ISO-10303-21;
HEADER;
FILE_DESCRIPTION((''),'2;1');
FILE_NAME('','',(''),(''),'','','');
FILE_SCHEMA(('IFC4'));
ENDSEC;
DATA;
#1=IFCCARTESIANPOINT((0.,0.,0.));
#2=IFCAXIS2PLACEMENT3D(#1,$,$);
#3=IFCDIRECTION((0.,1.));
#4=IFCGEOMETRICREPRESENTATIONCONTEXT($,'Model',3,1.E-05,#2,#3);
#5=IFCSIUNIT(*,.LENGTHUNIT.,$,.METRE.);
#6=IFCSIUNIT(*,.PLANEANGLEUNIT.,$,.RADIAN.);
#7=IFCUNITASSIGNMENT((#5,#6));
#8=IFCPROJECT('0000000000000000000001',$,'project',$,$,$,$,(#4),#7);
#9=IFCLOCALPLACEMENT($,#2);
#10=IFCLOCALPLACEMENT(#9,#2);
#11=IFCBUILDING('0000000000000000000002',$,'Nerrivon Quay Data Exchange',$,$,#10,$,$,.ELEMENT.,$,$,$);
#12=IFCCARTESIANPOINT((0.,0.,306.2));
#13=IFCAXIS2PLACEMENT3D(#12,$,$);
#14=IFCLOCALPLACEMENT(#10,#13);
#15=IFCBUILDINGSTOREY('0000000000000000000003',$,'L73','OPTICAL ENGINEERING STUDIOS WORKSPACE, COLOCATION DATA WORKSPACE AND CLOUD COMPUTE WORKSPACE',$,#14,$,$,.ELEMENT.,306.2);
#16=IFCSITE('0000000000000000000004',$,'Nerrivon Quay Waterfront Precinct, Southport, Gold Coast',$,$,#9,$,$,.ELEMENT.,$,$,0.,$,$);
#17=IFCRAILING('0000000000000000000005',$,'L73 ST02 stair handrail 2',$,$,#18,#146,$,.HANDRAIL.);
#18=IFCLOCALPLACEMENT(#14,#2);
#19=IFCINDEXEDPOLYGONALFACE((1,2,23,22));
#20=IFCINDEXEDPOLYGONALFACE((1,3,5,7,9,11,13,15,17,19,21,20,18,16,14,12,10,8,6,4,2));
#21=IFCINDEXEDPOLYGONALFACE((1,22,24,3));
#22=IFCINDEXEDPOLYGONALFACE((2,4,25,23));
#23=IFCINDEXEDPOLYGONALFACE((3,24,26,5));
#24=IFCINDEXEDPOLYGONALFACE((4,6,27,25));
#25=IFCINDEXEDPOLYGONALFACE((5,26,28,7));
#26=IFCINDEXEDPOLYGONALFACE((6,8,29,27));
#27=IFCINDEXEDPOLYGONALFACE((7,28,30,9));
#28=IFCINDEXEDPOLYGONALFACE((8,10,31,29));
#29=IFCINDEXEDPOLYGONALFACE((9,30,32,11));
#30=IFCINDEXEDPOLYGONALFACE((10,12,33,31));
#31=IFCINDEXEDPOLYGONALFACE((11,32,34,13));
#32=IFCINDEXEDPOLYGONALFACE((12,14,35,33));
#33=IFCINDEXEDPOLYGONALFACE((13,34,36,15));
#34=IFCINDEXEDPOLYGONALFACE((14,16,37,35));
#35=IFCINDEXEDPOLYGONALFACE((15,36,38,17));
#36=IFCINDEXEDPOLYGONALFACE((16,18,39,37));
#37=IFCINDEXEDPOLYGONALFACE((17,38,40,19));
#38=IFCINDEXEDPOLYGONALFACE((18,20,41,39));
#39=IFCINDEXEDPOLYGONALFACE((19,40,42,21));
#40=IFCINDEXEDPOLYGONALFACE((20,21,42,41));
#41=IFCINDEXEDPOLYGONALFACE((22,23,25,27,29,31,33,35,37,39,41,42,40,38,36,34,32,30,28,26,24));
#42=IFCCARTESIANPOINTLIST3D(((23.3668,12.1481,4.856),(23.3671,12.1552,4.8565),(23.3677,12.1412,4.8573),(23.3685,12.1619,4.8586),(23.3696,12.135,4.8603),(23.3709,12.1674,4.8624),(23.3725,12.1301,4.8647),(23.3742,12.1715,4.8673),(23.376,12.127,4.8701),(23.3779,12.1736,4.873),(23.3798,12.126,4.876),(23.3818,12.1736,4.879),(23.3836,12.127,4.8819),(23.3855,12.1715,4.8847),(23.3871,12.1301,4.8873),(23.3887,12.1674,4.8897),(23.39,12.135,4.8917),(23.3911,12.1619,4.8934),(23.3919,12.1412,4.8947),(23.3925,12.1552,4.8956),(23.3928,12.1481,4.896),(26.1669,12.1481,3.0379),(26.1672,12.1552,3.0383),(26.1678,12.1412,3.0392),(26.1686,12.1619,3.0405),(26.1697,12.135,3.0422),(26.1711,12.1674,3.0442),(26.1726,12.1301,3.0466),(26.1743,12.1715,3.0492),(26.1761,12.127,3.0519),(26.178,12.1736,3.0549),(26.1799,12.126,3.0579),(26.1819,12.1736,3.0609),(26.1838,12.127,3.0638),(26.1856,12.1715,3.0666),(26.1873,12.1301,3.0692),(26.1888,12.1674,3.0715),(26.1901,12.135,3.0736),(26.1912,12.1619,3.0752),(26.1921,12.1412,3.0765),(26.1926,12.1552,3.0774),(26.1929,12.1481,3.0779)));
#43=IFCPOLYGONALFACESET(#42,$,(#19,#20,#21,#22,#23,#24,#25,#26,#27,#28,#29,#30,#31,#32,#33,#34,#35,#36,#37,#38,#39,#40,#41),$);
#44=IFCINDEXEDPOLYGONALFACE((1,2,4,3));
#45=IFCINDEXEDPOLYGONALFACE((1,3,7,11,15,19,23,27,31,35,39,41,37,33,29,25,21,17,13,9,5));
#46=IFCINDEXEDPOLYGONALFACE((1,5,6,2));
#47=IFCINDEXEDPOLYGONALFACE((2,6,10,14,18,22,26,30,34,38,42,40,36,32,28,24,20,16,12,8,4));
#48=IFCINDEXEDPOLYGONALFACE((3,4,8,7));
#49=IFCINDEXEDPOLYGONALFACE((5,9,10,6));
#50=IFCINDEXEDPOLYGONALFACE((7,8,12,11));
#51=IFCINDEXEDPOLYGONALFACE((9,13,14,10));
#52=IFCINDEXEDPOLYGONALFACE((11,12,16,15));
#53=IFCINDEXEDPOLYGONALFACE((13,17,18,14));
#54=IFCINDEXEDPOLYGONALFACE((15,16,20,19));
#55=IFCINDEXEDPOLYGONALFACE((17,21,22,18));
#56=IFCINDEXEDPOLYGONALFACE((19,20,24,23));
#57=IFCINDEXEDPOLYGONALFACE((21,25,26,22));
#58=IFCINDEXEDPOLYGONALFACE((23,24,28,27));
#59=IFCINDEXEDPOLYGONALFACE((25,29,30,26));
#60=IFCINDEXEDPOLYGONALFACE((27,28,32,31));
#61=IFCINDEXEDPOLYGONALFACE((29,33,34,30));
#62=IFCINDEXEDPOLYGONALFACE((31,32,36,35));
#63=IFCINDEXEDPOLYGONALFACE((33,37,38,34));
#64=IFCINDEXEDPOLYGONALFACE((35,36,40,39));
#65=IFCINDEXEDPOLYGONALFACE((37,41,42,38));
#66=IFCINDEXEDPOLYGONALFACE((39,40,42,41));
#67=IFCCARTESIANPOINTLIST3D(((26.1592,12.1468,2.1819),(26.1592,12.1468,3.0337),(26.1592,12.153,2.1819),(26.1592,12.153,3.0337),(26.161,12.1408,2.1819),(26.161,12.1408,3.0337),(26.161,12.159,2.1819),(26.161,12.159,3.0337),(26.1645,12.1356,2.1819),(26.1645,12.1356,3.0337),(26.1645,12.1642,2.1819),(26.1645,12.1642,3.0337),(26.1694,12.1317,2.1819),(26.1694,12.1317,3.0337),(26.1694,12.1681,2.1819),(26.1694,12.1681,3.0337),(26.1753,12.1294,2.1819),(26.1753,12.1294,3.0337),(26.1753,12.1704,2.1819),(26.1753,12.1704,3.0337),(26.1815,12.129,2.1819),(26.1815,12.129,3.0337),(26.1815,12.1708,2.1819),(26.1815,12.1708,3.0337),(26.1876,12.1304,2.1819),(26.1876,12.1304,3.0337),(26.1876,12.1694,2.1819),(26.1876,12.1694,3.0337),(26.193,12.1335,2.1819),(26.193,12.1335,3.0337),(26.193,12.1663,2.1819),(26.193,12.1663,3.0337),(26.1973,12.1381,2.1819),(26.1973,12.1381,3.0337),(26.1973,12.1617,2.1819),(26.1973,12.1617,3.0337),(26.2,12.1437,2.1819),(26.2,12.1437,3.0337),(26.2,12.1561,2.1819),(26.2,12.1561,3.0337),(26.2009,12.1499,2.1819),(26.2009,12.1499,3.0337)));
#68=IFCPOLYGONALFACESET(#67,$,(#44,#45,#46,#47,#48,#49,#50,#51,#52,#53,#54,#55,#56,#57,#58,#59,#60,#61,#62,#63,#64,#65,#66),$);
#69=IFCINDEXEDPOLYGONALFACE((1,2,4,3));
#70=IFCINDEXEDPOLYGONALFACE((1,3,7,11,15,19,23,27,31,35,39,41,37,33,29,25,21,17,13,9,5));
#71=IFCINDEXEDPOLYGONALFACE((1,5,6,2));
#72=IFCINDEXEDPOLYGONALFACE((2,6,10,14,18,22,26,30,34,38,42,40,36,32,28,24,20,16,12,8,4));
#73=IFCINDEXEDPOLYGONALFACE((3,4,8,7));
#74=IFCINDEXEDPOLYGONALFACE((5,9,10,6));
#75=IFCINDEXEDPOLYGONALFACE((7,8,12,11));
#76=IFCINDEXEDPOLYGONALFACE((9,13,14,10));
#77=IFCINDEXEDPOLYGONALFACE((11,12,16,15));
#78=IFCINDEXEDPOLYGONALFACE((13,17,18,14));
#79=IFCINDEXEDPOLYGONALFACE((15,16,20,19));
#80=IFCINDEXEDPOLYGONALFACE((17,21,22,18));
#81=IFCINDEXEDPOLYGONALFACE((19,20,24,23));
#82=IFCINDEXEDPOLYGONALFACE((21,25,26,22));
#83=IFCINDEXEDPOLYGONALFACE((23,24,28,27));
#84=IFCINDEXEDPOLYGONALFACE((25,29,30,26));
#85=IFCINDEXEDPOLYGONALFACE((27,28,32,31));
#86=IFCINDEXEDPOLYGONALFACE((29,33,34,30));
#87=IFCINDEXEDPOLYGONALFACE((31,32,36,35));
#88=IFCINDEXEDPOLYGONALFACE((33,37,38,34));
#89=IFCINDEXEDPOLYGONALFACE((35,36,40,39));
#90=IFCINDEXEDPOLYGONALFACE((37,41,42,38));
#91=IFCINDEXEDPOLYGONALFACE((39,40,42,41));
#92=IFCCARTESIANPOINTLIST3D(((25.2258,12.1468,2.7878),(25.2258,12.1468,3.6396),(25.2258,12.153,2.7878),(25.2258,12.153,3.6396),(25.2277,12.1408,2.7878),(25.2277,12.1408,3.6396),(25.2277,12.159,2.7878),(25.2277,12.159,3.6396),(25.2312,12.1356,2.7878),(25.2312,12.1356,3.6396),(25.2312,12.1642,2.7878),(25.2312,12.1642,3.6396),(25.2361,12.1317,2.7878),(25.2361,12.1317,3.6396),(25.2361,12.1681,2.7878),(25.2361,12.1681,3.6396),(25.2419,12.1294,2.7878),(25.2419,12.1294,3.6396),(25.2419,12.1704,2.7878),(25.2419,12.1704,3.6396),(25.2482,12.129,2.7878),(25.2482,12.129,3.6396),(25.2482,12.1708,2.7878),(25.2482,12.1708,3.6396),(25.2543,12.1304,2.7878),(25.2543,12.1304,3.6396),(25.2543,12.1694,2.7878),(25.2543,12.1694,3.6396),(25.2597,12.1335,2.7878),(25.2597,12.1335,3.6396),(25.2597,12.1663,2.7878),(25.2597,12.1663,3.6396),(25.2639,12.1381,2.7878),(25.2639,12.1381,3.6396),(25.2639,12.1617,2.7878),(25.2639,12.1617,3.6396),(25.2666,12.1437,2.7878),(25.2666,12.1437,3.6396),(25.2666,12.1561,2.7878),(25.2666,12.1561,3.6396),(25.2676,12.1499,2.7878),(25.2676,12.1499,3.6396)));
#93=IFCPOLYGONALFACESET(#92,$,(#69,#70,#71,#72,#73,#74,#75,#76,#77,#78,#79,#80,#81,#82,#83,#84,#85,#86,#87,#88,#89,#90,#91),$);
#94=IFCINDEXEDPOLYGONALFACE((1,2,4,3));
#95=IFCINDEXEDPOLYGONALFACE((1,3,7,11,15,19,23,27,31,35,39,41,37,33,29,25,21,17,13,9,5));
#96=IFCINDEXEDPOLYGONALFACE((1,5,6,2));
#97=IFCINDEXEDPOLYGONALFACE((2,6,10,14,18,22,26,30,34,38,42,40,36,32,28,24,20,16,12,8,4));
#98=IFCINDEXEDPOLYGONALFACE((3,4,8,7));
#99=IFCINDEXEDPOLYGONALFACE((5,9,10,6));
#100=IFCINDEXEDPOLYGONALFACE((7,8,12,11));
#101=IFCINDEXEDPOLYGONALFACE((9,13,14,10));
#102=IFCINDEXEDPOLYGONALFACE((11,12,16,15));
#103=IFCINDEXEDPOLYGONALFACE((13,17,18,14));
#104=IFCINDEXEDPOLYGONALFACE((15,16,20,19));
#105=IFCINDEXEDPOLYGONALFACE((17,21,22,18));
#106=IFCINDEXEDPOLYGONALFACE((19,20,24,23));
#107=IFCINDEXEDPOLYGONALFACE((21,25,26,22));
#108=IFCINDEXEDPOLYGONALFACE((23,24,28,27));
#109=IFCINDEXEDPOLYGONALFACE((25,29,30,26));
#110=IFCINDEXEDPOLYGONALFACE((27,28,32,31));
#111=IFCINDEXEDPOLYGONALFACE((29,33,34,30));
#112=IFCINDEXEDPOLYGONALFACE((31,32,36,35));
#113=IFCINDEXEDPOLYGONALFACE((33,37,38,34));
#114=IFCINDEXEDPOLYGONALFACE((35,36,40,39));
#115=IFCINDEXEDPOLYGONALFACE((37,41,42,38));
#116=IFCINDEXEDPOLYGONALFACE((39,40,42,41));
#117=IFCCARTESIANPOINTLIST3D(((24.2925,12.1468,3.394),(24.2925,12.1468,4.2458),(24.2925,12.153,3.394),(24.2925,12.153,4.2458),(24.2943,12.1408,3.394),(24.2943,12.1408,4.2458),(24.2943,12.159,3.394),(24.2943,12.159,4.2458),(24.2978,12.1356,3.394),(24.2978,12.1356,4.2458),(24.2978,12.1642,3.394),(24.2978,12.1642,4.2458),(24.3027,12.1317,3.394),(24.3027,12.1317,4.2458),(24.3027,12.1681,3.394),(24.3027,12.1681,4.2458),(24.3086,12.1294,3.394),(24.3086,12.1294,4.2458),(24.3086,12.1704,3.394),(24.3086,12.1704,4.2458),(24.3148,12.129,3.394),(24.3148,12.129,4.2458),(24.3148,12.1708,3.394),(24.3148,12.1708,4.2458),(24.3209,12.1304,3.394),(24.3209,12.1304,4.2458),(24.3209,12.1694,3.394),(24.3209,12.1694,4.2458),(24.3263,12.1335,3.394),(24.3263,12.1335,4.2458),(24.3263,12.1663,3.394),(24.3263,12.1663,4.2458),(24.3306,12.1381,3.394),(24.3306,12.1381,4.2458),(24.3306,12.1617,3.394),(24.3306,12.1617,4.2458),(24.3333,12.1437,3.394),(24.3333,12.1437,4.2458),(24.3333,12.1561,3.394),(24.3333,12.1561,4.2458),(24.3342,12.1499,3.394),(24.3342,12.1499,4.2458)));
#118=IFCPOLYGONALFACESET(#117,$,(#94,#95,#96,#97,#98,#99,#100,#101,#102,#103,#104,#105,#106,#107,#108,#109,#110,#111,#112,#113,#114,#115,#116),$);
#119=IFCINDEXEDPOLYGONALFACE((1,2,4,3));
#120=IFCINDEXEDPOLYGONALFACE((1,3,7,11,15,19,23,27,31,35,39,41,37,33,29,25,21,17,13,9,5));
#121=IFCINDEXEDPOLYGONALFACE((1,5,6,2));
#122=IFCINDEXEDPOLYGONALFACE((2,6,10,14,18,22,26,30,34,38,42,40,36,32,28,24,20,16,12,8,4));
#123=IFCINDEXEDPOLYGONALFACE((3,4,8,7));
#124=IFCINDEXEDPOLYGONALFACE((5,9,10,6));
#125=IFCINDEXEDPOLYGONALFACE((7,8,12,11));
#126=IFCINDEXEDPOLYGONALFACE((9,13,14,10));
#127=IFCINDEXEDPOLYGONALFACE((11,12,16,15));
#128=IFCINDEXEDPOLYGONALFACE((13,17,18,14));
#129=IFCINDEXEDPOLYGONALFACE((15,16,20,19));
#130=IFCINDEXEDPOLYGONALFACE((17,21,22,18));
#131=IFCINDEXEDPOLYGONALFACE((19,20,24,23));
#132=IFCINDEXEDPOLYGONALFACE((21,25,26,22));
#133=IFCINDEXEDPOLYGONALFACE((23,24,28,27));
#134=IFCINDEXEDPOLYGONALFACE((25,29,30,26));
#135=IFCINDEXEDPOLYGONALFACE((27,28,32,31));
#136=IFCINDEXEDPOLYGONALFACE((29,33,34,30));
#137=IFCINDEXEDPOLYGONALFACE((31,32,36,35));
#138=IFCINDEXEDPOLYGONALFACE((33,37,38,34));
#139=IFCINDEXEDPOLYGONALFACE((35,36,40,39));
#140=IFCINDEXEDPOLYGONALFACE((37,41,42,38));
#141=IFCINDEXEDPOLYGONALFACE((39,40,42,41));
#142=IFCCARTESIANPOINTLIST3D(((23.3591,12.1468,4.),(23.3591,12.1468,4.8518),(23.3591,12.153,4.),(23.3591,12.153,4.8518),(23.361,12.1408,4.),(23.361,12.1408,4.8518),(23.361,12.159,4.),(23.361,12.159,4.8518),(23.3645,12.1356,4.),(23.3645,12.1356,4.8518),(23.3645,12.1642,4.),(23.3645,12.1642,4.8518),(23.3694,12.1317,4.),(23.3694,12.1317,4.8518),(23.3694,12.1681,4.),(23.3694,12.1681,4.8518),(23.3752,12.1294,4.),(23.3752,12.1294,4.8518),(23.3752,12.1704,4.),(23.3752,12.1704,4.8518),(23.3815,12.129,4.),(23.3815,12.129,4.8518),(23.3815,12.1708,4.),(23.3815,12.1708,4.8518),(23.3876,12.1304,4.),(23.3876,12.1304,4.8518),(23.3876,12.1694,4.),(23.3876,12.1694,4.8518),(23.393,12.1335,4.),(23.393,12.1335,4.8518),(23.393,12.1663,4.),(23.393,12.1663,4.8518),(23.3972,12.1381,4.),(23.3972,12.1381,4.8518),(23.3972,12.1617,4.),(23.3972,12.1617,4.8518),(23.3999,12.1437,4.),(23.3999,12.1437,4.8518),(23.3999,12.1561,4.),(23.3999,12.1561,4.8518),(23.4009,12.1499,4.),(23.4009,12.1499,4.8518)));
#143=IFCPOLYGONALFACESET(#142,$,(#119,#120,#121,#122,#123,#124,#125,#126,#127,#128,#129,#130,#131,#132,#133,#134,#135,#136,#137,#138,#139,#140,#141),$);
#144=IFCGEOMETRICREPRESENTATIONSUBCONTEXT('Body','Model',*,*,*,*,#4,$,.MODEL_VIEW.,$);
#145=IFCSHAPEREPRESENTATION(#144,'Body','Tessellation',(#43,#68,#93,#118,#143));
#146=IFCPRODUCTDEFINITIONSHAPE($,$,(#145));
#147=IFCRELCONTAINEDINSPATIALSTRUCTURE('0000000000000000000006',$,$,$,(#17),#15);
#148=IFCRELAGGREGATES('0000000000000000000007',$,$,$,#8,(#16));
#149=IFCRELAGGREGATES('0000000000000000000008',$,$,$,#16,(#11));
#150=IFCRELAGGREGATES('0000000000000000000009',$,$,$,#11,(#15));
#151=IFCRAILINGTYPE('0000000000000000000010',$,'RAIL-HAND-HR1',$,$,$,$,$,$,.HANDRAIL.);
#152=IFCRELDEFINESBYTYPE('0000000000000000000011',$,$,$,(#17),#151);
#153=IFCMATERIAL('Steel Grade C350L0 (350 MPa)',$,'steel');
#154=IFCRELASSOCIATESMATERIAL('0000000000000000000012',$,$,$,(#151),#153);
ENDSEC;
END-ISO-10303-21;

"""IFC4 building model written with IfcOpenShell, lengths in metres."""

from ifc_helpers import new_model, si_unit, direction, frame, origin, origin_2d, place, context, subcontext, project, spatial, circle, extrude, material, type_object, element, save


model = new_model("IFC4")

# Units and contexts
model_context = context("Model", 3, precision=1e-05, world=origin(), true_north=direction((0.0, 1.0)))
body_context = subcontext(model_context, "Body", "Model", "MODEL_VIEW")
ifc_project = project(units=[si_unit("LENGTHUNIT", "METRE"), si_unit("PLANEANGLEUNIT", "RADIAN")], contexts=[model_context])

# Site, building, storey
site_placement = place(None, origin())
site = spatial("IfcSite", under=ifc_project, at=site_placement, Name="Nerrivon Quay Waterfront Precinct, Southport, Gold Coast", CompositionType="ELEMENT", RefElevation=0.0)
building_placement = place(site_placement, origin())
building = spatial("IfcBuilding", under=site, at=building_placement, Name="Nerrivon Quay Data Exchange", CompositionType="ELEMENT")
storey_placement = place(building_placement, frame((0.0, 0.0, 306.2)))
storey = spatial("IfcBuildingStorey", under=building, at=storey_placement, Name="L73", Description="OPTICAL ENGINEERING STUDIOS WORKSPACE, COLOCATION DATA WORKSPACE AND CLOUD COMPUTE WORKSPACE", CompositionType="ELEMENT", Elevation=306.2)

# Railing
ifc_material_1 = material(Name="Steel Grade C350L0 (350 MPa)", Category="steel")
railing_type_1 = type_object("IfcRailingType", Name="RAIL-HAND-HR1", PredefinedType="HANDRAIL", material=ifc_material_1)
railing_1_placement = place(storey_placement, frame((26.1799, 12.1499, 2.1819)))
element("IfcRailing", 1, at=railing_1_placement, inside=storey, type_object=railing_type_1, Name="L73 ST02 stair handrail 2", PredefinedType="HANDRAIL", context=body_context, shape_type="SweptSolid", body=[
    extrude(circle(Radius=0.0239, at=origin_2d()), frame((0.0, 0.0, 0.876), z_axis=(-0.838706, 0.0, 0.544585), x_axis=(0.0, -1.0, 0.0)), (0.0, 0.0, 1.0), 3.3386),
    extrude(circle(Radius=0.021, at=origin_2d()), origin(), (0.0, 0.0, 1.0), 0.8518),
    extrude(circle(Radius=0.021, at=origin_2d()), frame((-0.9333, 0.0, 0.606)), (0.0, 0.0, 1.0), 0.8518),
    extrude(circle(Radius=0.021, at=origin_2d()), frame((-1.8667, 0.0, 1.2122)), (0.0, 0.0, 1.0), 0.8518),
    extrude(circle(Radius=0.021, at=origin_2d()), frame((-2.8, 0.0, 1.8181)), (0.0, 0.0, 1.0), 0.8518),
])

save(model, "model.ifc")
